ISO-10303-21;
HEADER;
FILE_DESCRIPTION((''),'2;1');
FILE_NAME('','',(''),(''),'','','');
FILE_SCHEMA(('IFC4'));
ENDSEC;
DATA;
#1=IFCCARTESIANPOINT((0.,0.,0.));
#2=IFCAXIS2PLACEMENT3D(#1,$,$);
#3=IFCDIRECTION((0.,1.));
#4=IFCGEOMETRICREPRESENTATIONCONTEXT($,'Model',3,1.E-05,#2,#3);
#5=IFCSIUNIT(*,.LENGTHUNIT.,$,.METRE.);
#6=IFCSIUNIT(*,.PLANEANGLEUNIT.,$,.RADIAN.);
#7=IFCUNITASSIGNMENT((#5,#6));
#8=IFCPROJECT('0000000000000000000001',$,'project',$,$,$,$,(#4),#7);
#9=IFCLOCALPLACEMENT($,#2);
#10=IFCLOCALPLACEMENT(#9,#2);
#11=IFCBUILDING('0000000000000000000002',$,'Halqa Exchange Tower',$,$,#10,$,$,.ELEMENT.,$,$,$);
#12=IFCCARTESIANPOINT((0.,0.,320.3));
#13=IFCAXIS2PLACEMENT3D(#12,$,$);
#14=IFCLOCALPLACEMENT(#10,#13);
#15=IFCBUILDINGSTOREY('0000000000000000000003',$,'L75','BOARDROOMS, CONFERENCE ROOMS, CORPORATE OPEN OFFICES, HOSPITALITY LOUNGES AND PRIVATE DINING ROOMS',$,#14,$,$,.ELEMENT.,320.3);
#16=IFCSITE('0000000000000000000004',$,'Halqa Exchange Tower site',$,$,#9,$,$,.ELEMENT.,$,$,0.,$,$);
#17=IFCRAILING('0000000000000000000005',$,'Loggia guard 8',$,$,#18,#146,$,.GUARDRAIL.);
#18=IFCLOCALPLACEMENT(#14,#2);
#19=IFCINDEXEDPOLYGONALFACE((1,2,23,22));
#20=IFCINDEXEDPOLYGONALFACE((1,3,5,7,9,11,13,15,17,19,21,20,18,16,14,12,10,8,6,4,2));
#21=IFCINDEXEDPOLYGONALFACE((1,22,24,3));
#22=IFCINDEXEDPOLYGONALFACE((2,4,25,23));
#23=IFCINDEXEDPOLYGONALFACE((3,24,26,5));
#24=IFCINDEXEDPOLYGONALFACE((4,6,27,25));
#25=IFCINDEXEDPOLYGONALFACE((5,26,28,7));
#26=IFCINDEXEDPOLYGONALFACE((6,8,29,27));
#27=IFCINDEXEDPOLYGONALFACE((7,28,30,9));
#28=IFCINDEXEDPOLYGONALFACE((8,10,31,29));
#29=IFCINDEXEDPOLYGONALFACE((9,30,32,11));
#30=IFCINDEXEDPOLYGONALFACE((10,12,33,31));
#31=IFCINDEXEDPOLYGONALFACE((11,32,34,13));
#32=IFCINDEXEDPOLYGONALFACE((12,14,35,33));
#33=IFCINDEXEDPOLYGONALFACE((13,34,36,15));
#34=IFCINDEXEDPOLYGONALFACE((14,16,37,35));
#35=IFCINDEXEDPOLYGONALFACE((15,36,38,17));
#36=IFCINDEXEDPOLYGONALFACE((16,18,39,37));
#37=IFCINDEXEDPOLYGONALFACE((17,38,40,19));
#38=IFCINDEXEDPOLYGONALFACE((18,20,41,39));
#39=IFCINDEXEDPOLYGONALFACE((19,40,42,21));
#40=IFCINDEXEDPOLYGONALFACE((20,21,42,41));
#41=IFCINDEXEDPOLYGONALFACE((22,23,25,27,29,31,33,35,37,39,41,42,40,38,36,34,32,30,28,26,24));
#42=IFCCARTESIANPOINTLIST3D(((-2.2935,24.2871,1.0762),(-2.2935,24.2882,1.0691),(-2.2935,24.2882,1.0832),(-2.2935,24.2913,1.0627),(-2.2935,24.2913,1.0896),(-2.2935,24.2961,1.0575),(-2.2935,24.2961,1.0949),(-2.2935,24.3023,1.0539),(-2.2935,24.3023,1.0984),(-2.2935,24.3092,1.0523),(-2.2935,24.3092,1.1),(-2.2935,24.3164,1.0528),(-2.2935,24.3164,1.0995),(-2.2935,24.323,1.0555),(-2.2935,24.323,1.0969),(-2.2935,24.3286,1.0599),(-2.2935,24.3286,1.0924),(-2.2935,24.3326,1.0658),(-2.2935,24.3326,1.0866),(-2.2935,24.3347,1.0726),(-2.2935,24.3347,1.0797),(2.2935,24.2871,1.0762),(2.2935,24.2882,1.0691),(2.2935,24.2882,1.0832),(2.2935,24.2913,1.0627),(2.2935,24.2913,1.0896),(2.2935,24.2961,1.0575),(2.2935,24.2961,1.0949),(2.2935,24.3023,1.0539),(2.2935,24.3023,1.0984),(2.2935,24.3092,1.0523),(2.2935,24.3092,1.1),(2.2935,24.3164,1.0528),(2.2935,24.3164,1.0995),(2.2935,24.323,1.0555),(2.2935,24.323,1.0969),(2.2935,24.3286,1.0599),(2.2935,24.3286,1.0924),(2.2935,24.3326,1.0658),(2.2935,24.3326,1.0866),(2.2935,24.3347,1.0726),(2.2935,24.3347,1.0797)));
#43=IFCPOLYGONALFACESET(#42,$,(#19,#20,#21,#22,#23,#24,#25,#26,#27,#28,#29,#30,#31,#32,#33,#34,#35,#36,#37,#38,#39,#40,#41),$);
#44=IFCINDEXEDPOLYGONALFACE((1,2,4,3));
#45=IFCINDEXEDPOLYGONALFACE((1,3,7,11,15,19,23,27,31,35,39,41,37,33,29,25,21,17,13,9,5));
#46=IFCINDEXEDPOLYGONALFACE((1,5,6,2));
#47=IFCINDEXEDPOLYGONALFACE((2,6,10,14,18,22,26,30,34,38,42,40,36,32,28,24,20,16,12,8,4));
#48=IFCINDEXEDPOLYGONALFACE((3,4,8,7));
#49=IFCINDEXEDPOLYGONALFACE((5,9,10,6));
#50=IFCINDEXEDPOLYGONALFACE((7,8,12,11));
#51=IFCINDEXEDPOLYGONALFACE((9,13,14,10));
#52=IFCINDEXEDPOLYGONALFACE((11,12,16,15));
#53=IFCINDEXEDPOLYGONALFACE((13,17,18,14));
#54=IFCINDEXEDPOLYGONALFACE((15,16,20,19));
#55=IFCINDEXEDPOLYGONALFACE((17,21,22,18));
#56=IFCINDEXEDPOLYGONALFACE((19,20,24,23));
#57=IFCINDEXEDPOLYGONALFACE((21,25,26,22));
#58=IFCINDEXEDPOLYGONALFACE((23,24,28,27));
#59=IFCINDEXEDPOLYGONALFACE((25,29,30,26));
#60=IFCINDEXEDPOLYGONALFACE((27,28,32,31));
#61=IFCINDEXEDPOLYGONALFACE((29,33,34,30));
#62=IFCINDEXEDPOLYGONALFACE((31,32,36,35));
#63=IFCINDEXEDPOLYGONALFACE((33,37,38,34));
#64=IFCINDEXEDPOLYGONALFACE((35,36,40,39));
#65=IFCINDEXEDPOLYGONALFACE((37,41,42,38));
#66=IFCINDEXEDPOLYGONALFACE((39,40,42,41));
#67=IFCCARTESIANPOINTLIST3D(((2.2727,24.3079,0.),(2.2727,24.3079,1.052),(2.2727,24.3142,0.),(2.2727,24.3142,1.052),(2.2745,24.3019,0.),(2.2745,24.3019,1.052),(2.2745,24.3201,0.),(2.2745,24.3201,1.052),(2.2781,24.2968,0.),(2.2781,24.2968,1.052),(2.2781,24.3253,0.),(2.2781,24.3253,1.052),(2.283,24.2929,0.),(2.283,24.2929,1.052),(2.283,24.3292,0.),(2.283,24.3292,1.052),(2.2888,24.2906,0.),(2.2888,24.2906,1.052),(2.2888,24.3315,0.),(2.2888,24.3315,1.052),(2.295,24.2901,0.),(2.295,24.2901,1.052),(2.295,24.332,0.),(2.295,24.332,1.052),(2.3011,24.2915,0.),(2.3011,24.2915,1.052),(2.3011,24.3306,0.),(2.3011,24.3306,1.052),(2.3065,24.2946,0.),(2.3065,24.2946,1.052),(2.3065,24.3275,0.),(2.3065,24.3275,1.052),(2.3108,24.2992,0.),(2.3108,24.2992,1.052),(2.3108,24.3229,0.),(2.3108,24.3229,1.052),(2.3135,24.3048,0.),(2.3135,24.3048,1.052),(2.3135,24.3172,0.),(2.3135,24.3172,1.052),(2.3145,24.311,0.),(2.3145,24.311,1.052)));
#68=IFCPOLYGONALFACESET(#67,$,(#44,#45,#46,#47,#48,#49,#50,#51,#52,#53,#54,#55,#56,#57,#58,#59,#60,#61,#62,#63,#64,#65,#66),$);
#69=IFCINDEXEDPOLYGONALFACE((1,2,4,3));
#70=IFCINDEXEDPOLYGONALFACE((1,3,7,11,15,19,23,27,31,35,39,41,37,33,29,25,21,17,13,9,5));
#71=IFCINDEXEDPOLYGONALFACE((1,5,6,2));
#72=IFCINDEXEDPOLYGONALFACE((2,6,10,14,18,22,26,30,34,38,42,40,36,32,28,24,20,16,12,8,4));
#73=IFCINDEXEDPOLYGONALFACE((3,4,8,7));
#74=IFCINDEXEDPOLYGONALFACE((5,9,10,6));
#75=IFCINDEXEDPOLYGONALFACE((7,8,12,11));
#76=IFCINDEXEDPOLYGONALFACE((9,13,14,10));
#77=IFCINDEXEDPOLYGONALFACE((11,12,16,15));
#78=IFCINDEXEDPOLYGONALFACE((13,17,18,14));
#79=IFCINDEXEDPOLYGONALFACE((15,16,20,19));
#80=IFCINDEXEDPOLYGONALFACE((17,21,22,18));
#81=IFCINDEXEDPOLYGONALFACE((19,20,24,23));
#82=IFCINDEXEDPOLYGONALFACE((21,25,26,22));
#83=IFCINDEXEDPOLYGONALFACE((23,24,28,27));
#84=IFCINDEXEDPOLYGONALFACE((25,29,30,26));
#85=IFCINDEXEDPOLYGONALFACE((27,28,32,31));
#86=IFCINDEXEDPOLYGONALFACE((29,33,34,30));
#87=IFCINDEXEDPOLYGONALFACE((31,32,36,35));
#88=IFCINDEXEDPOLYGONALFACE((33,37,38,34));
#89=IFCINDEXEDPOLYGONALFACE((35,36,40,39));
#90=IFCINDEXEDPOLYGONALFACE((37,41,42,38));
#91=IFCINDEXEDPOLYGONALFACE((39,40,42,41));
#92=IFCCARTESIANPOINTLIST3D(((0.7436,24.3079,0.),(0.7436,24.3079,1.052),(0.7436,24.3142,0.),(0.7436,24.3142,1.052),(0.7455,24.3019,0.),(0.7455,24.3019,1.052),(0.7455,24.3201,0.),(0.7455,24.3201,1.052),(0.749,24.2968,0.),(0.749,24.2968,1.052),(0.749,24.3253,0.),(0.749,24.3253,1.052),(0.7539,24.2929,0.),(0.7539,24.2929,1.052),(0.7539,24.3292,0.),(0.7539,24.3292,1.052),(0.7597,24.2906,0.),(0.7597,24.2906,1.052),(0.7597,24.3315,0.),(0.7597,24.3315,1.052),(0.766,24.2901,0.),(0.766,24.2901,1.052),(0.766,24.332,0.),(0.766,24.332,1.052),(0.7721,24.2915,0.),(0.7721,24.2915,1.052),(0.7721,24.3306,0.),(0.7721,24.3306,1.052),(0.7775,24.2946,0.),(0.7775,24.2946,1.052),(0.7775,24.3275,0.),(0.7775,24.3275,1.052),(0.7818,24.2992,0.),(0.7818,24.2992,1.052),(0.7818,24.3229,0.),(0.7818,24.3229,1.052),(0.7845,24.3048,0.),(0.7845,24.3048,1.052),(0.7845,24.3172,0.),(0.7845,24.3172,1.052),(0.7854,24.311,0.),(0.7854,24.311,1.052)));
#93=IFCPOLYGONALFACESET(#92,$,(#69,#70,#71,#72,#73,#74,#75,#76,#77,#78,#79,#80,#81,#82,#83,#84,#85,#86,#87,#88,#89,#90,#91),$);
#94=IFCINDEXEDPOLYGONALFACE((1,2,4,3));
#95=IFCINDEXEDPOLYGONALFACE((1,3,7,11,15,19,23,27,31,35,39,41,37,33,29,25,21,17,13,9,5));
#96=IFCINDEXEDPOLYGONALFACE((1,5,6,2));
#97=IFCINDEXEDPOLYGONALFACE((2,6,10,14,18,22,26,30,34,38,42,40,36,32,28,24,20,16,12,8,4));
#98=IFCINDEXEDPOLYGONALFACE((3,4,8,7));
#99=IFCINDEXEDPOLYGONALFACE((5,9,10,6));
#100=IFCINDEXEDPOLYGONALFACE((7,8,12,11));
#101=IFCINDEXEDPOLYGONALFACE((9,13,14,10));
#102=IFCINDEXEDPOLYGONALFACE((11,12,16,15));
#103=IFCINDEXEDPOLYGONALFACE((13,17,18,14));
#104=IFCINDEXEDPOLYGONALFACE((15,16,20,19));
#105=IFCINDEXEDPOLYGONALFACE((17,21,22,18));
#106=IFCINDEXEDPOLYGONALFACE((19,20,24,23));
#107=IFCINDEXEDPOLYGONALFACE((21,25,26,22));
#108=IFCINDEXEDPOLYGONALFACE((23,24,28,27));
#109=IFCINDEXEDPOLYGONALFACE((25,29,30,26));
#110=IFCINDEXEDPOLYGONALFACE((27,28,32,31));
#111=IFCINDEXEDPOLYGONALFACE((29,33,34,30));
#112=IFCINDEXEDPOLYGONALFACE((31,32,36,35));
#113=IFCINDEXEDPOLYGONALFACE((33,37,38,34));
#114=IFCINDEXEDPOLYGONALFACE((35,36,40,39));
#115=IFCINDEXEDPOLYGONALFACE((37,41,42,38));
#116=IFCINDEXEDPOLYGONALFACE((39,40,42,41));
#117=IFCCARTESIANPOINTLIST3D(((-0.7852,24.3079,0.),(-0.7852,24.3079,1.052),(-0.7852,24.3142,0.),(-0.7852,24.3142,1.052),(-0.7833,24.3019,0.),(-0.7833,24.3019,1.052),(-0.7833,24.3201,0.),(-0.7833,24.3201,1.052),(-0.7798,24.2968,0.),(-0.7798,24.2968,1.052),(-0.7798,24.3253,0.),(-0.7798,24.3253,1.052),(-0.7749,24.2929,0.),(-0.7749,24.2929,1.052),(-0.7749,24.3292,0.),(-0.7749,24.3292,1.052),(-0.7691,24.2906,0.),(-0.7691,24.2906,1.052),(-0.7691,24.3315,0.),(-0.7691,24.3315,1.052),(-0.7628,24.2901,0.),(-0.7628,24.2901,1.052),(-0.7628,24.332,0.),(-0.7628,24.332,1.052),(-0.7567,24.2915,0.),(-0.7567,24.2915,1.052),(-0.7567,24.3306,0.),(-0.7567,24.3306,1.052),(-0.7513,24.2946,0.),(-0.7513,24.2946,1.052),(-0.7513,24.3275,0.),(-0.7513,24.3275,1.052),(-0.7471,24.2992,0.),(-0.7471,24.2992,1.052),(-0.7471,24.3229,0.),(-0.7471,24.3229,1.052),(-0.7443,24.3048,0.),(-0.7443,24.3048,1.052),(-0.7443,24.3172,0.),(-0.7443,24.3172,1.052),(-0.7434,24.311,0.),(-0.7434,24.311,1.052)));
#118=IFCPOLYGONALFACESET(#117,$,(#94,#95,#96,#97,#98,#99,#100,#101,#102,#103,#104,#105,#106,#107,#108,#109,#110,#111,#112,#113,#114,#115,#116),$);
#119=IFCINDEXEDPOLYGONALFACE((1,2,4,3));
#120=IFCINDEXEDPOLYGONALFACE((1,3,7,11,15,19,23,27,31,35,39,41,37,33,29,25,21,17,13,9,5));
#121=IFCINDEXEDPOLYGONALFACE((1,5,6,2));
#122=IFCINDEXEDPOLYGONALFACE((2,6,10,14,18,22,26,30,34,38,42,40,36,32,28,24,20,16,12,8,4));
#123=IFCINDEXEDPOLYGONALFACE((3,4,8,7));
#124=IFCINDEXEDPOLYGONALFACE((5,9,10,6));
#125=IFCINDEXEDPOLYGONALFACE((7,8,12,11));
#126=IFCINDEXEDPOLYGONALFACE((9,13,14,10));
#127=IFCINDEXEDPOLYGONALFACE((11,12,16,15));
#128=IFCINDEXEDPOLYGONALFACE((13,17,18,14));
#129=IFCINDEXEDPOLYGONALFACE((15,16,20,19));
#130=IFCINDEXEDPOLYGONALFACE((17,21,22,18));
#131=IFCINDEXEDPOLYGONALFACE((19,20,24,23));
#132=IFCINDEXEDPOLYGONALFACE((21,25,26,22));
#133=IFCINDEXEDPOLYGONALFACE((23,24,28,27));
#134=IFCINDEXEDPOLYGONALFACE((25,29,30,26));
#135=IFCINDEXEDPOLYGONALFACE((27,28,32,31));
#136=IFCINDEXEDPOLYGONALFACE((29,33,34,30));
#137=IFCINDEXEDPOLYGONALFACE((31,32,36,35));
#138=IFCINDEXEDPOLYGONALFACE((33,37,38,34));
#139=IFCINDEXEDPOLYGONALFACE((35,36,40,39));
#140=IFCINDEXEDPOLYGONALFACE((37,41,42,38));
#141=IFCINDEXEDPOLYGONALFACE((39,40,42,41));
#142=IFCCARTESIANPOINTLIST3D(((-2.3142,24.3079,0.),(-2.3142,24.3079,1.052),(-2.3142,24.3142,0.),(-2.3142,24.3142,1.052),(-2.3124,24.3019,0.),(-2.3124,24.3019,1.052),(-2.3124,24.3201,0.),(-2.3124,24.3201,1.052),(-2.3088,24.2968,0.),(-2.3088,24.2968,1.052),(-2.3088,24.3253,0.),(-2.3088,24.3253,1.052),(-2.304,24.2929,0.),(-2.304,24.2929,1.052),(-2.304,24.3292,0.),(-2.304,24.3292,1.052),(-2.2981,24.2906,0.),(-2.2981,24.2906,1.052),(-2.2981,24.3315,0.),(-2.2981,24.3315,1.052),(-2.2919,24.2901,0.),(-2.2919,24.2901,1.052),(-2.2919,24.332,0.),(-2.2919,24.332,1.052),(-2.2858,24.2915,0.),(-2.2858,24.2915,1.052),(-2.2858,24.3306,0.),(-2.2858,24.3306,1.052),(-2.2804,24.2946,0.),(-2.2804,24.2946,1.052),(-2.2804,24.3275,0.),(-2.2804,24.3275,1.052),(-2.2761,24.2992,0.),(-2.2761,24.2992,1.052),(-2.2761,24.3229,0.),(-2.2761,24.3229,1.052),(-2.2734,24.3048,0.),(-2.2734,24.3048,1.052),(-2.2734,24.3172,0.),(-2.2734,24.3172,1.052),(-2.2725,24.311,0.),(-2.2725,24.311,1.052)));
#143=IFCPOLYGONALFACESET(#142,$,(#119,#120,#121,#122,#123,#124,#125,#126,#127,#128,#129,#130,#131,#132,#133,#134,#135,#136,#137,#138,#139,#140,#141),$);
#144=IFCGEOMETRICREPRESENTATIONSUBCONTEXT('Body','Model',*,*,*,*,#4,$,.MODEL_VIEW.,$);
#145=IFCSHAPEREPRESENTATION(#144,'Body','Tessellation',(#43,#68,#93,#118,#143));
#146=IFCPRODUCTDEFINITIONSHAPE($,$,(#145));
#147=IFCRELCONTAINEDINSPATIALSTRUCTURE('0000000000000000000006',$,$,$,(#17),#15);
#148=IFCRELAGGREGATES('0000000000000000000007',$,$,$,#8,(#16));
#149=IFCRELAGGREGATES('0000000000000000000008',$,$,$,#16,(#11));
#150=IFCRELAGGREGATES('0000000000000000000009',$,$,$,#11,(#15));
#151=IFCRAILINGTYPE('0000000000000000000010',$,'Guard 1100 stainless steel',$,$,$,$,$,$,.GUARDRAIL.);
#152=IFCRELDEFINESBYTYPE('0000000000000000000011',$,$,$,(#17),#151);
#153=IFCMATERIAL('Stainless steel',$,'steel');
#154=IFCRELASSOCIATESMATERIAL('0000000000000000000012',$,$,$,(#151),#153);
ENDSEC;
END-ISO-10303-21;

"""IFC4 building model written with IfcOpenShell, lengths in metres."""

from ifc_helpers import new_model, si_unit, direction, frame, origin, origin_2d, place, context, subcontext, project, spatial, circle, extrude, material, type_object, element, save


model = new_model("IFC4")

# Units and contexts
model_context = context("Model", 3, precision=1e-05, world=origin(), true_north=direction((0.0, 1.0)))
body_context = subcontext(model_context, "Body", "Model", "MODEL_VIEW")
ifc_project = project(units=[si_unit("LENGTHUNIT", "METRE"), si_unit("PLANEANGLEUNIT", "RADIAN")], contexts=[model_context])

# Site, building, storey
site_placement = place(None, origin())
site = spatial("IfcSite", under=ifc_project, at=site_placement, Name="Halqa Exchange Tower site", CompositionType="ELEMENT", RefElevation=0.0)
building_placement = place(site_placement, origin())
building = spatial("IfcBuilding", under=site, at=building_placement, Name="Halqa Exchange Tower", CompositionType="ELEMENT")
storey_placement = place(building_placement, frame((0.0, 0.0, 320.3)))
storey = spatial("IfcBuildingStorey", under=building, at=storey_placement, Name="L75", Description="BOARDROOMS, CONFERENCE ROOMS, CORPORATE OPEN OFFICES, HOSPITALITY LOUNGES AND PRIVATE DINING ROOMS", CompositionType="ELEMENT", Elevation=320.3)

# Railing
ifc_material_1 = material(Name="Stainless steel", Category="steel")
railing_type_1 = type_object("IfcRailingType", Name="Guard 1100 stainless steel", PredefinedType="GUARDRAIL", material=ifc_material_1)
railing_1_placement = place(storey_placement, frame((2.2935, 24.311, 0.0)))
element("IfcRailing", 1, at=railing_1_placement, inside=storey, type_object=railing_type_1, Name="Loggia guard 8", PredefinedType="GUARDRAIL", context=body_context, shape_type="SweptSolid", body=[
    extrude(circle(Radius=0.0239, at=origin_2d()), frame((0.0, 0.0, 1.0762), z_axis=(-1.0, 0.0, 0.0), x_axis=(0.0, -1.0, 0.0)), (0.0, 0.0, 1.0), 4.5869),
    extrude(circle(Radius=0.021, at=origin_2d()), origin(), (0.0, 0.0, 1.0), 1.052),
    extrude(circle(Radius=0.021, at=origin_2d()), frame((-1.5291, 0.0, 0.0)), (0.0, 0.0, 1.0), 1.052),
    extrude(circle(Radius=0.021, at=origin_2d()), frame((-3.0579, 0.0, 0.0)), (0.0, 0.0, 1.0), 1.052),
    extrude(circle(Radius=0.021, at=origin_2d()), frame((-4.5869, 0.0, 0.0)), (0.0, 0.0, 1.0), 1.052),
])

save(model, "model.ifc")
